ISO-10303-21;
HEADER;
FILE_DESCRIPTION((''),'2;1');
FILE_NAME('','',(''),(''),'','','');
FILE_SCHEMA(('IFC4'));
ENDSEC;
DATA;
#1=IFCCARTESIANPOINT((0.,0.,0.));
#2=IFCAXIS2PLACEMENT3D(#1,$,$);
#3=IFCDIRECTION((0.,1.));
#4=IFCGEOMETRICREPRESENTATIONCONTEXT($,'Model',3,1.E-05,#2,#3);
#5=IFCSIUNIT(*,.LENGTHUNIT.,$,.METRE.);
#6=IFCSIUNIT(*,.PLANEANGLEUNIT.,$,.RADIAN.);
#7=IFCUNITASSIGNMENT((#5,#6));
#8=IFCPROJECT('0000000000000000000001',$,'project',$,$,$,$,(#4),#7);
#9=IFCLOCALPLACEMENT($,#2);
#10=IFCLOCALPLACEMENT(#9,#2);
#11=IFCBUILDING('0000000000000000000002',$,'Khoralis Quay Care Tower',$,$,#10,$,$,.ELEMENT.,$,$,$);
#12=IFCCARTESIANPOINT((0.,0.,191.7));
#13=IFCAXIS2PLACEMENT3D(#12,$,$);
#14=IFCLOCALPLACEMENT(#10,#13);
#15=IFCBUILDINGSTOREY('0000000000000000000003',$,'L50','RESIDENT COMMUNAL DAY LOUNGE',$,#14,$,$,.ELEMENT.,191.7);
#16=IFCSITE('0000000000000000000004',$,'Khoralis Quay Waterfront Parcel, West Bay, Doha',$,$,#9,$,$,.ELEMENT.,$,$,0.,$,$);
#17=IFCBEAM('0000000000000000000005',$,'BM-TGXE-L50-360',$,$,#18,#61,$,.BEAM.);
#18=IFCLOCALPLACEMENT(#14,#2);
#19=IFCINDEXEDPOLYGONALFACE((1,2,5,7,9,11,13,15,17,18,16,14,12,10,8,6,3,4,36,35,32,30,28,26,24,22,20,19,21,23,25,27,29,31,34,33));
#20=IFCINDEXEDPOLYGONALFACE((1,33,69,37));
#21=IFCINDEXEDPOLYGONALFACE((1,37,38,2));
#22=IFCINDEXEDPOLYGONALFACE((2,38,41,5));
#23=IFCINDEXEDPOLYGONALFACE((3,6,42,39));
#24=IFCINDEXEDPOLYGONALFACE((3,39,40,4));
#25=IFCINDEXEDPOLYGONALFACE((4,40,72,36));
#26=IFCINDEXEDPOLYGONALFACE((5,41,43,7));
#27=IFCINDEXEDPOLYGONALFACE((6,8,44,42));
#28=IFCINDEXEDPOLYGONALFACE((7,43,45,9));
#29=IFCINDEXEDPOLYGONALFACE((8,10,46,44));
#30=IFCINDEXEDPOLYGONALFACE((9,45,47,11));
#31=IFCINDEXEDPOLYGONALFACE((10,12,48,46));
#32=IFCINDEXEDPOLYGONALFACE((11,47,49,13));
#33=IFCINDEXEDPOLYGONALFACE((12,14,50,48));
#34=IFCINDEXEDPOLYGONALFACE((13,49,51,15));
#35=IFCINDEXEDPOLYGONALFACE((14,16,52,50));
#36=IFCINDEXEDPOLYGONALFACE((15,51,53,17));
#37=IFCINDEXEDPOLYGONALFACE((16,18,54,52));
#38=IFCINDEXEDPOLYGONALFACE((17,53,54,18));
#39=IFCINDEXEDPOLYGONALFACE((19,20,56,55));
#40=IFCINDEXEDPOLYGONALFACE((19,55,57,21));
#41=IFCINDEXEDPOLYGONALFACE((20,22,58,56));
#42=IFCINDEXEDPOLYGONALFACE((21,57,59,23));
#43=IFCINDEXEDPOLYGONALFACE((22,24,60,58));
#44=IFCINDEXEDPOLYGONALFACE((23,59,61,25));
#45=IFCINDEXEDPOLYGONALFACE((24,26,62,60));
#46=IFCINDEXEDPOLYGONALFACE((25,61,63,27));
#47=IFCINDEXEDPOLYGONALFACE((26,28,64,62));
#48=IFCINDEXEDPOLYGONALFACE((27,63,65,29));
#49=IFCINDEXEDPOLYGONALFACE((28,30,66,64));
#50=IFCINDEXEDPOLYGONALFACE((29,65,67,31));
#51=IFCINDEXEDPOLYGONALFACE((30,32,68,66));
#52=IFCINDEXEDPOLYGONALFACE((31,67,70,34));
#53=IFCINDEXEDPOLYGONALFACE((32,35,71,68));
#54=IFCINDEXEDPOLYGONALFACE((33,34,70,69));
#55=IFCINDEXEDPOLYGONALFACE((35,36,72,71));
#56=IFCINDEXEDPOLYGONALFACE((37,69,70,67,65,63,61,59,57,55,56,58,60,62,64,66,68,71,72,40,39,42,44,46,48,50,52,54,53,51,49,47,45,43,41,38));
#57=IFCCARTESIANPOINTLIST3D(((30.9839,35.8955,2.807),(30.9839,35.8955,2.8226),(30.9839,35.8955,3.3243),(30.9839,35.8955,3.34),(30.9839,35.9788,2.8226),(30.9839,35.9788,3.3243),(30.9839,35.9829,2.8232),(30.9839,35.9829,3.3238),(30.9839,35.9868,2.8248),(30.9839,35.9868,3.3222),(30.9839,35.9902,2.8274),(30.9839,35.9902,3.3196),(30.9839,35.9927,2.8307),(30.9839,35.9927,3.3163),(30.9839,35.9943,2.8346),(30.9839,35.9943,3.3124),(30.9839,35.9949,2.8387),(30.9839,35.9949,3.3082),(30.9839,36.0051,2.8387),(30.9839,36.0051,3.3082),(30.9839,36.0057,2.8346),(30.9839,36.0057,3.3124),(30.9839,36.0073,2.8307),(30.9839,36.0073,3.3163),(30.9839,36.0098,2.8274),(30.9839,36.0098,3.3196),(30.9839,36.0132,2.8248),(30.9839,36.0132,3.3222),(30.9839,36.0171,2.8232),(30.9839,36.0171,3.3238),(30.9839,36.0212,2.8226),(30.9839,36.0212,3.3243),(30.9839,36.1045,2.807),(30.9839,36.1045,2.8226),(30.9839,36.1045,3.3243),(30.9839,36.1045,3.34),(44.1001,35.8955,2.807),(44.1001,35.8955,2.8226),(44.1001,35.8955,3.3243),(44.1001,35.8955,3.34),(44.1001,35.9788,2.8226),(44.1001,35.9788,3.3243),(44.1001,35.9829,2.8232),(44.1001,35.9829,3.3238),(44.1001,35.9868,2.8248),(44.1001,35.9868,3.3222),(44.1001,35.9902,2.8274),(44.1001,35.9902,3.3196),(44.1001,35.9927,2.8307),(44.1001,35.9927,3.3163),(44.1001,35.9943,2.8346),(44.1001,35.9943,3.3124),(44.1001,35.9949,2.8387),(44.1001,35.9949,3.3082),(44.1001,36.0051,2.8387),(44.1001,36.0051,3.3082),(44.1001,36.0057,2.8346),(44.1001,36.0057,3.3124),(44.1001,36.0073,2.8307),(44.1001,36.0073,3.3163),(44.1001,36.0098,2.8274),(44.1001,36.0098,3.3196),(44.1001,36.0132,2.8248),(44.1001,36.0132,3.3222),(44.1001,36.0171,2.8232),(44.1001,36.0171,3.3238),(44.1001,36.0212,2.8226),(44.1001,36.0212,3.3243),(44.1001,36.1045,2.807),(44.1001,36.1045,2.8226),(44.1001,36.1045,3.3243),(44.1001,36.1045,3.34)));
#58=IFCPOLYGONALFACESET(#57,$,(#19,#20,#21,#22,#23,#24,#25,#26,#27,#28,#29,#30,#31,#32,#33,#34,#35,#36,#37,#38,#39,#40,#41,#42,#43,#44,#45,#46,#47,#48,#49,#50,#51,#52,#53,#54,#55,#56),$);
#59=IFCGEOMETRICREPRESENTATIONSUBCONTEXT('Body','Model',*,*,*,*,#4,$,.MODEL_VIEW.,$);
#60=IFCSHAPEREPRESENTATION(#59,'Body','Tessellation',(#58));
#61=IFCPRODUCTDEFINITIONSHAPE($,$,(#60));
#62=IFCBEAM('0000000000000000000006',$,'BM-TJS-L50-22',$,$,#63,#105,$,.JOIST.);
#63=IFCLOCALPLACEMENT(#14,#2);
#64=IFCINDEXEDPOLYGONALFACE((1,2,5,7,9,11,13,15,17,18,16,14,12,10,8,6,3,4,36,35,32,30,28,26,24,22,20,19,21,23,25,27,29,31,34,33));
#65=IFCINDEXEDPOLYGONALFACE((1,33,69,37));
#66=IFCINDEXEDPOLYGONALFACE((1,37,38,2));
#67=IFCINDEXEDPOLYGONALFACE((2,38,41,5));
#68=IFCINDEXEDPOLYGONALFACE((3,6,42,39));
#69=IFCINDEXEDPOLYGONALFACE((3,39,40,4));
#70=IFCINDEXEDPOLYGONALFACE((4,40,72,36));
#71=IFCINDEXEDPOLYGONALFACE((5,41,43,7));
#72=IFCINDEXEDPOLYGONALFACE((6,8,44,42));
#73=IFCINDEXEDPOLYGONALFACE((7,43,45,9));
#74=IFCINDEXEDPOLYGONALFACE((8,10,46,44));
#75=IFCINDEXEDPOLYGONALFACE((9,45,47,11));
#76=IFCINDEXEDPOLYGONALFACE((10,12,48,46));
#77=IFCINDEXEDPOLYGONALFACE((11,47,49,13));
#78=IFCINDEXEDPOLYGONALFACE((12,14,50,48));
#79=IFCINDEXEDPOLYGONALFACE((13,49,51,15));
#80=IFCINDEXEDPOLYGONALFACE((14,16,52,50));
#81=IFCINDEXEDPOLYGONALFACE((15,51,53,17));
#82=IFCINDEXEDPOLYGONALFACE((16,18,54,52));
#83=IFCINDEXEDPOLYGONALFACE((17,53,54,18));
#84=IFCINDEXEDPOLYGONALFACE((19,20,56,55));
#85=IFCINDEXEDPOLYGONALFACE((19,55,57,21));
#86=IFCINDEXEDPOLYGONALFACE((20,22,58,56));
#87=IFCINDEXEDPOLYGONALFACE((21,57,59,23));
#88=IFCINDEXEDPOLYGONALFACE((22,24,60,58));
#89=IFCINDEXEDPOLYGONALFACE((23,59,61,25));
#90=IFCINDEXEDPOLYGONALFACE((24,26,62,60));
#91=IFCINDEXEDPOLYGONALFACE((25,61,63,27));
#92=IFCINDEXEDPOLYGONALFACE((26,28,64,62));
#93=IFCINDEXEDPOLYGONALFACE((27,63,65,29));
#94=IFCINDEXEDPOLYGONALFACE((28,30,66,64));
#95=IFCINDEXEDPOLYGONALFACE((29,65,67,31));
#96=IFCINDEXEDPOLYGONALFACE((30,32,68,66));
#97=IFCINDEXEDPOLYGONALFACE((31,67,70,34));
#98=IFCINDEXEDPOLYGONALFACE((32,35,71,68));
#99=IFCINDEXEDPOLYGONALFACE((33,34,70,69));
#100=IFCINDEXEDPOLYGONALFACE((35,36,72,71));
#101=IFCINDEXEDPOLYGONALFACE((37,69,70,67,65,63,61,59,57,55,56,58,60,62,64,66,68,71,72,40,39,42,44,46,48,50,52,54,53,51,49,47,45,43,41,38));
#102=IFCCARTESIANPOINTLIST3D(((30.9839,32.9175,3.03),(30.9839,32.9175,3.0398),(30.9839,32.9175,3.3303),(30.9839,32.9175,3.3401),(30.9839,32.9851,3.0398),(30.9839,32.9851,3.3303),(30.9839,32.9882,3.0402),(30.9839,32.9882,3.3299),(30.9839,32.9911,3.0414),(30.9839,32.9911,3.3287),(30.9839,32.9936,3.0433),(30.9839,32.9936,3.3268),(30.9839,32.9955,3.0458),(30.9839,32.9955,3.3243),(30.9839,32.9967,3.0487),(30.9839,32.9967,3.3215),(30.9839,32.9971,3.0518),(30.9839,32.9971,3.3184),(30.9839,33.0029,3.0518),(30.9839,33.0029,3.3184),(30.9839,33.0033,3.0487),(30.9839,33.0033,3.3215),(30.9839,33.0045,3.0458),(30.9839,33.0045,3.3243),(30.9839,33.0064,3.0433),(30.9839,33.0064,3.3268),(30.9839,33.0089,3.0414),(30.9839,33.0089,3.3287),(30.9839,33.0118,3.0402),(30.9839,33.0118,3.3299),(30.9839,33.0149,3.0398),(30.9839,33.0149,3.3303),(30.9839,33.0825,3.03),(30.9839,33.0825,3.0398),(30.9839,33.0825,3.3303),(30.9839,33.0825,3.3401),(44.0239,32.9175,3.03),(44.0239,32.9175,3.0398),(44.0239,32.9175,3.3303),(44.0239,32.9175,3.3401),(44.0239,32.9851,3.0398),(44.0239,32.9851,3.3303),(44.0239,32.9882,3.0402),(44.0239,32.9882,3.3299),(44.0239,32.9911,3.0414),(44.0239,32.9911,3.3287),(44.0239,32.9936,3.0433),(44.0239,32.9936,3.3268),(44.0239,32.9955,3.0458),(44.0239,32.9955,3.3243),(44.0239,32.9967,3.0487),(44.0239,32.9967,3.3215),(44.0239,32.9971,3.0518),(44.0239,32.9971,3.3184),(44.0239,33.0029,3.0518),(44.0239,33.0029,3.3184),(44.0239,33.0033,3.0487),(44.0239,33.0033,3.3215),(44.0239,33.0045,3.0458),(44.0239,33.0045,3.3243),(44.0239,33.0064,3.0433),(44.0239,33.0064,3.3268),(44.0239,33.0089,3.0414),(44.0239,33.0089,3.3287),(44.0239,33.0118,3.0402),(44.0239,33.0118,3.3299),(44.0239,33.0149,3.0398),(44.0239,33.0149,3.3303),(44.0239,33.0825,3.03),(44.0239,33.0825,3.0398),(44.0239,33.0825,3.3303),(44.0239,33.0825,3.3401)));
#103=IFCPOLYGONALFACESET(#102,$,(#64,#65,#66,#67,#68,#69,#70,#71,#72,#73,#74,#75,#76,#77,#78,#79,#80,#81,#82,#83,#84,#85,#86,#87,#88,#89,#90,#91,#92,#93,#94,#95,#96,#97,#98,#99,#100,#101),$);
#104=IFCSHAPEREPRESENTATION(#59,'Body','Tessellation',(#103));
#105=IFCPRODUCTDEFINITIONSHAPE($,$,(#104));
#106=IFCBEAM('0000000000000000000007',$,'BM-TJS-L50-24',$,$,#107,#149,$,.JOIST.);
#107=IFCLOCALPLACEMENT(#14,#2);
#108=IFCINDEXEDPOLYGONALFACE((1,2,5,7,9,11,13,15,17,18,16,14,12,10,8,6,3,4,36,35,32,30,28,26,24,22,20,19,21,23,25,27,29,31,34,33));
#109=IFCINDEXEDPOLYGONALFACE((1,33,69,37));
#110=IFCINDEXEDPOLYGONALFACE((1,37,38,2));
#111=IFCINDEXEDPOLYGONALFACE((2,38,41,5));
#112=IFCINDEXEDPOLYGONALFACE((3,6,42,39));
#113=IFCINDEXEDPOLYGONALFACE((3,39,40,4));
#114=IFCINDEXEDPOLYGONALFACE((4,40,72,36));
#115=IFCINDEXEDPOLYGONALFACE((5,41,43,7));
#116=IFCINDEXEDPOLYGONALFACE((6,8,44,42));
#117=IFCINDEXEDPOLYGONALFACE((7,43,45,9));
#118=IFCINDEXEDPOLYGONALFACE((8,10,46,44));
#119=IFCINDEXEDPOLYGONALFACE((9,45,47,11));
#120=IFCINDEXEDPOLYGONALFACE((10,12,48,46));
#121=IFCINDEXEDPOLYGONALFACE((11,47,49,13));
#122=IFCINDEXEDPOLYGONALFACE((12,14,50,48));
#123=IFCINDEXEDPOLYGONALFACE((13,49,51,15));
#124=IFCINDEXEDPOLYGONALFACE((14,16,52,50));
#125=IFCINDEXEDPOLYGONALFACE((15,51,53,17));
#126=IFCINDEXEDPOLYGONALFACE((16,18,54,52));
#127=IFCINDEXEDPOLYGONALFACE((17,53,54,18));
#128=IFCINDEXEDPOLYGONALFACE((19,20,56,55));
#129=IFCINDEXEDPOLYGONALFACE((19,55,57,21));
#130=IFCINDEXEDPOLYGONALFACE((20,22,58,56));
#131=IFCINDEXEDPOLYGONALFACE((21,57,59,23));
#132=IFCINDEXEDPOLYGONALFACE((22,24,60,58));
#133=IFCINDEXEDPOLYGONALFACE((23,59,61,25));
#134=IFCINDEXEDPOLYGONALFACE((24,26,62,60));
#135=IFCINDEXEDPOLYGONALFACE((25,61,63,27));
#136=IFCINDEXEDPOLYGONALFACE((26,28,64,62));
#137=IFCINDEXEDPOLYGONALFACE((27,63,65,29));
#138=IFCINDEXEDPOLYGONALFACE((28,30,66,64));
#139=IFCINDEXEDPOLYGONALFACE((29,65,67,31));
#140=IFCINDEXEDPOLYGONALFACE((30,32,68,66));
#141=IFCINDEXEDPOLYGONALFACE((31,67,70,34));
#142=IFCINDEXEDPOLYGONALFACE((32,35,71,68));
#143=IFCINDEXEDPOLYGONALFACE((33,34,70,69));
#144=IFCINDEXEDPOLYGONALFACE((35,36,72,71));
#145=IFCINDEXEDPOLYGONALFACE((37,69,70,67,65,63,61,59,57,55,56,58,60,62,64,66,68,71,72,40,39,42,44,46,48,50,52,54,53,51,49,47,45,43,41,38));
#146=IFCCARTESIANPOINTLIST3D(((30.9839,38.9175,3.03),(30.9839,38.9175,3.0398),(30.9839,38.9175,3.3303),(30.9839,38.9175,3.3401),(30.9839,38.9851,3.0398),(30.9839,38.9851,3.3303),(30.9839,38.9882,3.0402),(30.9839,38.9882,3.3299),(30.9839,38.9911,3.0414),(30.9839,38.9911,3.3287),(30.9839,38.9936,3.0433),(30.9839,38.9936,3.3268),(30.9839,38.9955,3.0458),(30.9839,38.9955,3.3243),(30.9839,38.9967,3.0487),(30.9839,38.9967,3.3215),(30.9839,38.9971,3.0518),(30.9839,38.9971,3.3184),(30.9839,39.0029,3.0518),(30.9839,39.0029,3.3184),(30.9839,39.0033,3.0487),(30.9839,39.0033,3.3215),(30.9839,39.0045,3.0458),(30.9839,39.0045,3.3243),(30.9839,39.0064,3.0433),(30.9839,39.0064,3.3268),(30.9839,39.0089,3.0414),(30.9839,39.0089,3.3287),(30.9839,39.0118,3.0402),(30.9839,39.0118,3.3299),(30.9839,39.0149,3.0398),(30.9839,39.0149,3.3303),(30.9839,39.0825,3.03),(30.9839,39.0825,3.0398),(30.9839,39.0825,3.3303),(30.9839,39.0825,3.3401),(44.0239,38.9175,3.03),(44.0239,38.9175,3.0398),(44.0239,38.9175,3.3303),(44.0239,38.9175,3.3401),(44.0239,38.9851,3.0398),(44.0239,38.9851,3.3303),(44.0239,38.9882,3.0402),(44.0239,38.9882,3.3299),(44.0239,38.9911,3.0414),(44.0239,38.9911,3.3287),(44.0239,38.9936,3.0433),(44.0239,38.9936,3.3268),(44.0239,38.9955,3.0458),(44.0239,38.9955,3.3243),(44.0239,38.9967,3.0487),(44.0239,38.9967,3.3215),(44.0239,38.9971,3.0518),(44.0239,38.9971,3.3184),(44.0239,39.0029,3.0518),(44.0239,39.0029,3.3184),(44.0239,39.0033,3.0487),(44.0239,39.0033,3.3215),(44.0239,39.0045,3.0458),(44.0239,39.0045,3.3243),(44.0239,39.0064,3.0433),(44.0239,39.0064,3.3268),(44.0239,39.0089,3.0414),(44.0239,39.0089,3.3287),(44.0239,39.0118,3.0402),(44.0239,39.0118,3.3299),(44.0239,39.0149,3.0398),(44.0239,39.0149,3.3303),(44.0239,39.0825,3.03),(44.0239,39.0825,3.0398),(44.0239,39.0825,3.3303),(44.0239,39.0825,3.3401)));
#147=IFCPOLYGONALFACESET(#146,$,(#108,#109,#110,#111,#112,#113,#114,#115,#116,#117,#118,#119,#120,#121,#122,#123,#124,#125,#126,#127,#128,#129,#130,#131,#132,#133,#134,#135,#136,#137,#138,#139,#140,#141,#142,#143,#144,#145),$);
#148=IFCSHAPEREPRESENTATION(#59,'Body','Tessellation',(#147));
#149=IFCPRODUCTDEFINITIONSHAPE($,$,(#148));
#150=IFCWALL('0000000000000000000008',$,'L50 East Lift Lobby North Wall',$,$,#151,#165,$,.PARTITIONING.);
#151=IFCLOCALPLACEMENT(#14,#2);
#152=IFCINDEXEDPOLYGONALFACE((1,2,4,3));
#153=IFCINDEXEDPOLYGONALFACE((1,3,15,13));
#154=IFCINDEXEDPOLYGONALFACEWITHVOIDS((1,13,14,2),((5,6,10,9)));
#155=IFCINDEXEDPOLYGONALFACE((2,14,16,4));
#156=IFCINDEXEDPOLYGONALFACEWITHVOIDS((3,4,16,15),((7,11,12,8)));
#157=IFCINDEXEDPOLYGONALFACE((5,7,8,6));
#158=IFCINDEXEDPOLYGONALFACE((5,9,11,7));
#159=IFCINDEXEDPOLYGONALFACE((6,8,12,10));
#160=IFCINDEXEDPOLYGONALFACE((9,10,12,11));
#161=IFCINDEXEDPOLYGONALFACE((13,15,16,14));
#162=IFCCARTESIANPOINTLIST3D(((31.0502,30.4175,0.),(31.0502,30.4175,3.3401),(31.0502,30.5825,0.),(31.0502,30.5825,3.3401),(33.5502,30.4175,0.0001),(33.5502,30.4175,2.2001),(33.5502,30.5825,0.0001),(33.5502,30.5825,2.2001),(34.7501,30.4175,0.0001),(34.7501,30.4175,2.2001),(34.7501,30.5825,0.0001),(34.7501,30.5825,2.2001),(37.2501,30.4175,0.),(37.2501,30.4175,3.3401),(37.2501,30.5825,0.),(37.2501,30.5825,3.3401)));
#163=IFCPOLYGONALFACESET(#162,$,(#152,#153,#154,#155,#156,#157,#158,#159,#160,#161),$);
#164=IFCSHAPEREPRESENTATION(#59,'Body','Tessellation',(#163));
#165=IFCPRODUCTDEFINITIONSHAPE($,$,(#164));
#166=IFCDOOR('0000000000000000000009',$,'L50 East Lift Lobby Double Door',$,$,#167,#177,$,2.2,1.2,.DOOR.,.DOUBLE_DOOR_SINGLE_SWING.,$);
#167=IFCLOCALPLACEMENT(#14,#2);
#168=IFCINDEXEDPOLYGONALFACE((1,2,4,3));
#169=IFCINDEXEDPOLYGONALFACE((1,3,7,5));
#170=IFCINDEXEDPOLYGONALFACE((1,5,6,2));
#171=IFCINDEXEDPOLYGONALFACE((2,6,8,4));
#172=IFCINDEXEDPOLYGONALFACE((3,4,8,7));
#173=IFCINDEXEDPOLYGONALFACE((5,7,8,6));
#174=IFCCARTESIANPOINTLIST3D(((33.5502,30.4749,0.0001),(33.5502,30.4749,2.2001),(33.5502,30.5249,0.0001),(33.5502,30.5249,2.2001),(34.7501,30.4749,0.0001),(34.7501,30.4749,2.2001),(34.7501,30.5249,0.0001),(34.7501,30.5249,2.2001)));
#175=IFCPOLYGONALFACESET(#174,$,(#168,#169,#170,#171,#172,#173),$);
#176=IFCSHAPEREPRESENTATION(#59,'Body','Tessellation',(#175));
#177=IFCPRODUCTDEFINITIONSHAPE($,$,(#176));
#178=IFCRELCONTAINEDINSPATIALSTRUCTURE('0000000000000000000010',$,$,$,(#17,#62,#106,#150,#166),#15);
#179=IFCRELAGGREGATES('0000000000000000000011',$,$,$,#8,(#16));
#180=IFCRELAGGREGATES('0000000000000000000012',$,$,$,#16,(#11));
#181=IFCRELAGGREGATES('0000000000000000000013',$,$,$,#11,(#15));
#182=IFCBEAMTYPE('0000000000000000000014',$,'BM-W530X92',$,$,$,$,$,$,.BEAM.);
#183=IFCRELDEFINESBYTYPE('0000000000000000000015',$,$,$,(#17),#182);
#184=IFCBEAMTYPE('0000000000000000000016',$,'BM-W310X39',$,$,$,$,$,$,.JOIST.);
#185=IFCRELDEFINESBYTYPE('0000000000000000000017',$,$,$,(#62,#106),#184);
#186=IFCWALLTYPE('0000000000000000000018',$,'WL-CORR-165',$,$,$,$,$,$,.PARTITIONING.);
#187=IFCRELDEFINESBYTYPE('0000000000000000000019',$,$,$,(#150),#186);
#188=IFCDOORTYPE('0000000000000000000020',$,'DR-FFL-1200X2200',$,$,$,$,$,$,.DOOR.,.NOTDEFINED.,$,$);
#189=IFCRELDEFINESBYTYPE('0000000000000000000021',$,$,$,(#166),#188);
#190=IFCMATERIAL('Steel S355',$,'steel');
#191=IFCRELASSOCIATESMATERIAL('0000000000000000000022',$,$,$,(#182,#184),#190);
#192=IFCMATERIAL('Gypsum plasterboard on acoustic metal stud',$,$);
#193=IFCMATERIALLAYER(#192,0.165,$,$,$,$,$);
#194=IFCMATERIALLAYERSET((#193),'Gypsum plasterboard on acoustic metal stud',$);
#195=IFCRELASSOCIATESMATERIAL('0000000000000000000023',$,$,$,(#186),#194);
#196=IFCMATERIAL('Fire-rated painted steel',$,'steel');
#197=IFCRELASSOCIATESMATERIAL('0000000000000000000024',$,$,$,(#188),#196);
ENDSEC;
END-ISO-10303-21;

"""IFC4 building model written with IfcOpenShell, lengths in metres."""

from ifc_helpers import new_model, si_unit, direction, frame, frame_2d, origin, origin_2d, place, context, subcontext, project, spatial, rectangle, i_section, extrude, source, transform, mapped, material, layer, layer_set, material_profile, profile_set, type_object, element, fill, save


model = new_model("IFC4")

# Units and contexts
model_context = context("Model", 3, precision=1e-05, world=origin(), true_north=direction((0.0, 1.0)))
body_context = subcontext(model_context, "Body", "Model", "MODEL_VIEW")
ifc_project = project(units=[si_unit("LENGTHUNIT", "METRE"), si_unit("PLANEANGLEUNIT", "RADIAN")], contexts=[model_context])

# Site, building, storey
site_placement = place(None, origin())
site = spatial("IfcSite", under=ifc_project, at=site_placement, Name="Khoralis Quay Waterfront Parcel, West Bay, Doha", CompositionType="ELEMENT", RefElevation=0.0)
building_placement = place(site_placement, origin())
building = spatial("IfcBuilding", under=site, at=building_placement, Name="Khoralis Quay Care Tower", CompositionType="ELEMENT")
storey_placement = place(building_placement, frame((0.0, 0.0, 191.7)))
storey = spatial("IfcBuildingStorey", under=building, at=storey_placement, Name="L50", Description="RESIDENT COMMUNAL DAY LOUNGE", CompositionType="ELEMENT", Elevation=191.7)

# Beams
ifc_material_1 = material(Name="Steel S355", Category="steel")
ifc_material_profile_1 = material_profile(ifc_material_1, i_section(OverallWidth=0.209, OverallDepth=0.533, WebThickness=0.0103, FlangeThickness=0.0156, FilletRadius=0.0161, at=origin_2d()), Name="Steel S355")
ifc_profile_set_1 = profile_set([ifc_material_profile_1], Name="Steel S355")
beam_type_1 = type_object("IfcBeamType", Name="BM-W530X92", PredefinedType="BEAM", material=ifc_profile_set_1)
shared_shape_1 = source(origin(), body_context, "Body", "SweptSolid", [
    extrude(i_section(OverallWidth=0.209, OverallDepth=0.533, WebThickness=0.0103, FlangeThickness=0.0156, FilletRadius=0.0161, at=origin_2d()), origin(), (0.0, 0.0, 1.0), 13.1162),
])
beam_1_placement = place(storey_placement, frame((30.9839, 36.0, 3.0735), z_axis=(1.0, 0.0, 0.0), x_axis=(0.0, 1.0, 0.0)))
element("IfcBeam", 1, at=beam_1_placement, inside=storey, type_object=beam_type_1, Name="BM-TGXE-L50-360", PredefinedType="BEAM", context=body_context, shape_type="MappedRepresentation", body=[
    mapped(shared_shape_1, transform((0.0, 0.0, 0.0), scale=1.0)),
])
ifc_material_profile_2 = material_profile(ifc_material_1, i_section(OverallWidth=0.165, OverallDepth=0.3101, WebThickness=0.0059, FlangeThickness=0.0098, FilletRadius=0.012, at=origin_2d()), Name="Steel S355")
ifc_profile_set_2 = profile_set([ifc_material_profile_2], Name="Steel S355")
beam_type_2 = type_object("IfcBeamType", Name="BM-W310X39", PredefinedType="JOIST", material=ifc_profile_set_2)
shared_shape_2 = source(origin(), body_context, "Body", "SweptSolid", [
    extrude(i_section(OverallWidth=0.165, OverallDepth=0.3101, WebThickness=0.0059, FlangeThickness=0.0098, FilletRadius=0.012, at=origin_2d()), origin(), (0.0, 0.0, 1.0), 13.04),
])
for number, where, z_axis, x_axis, name in (
    (2, (30.9839, 33.0, 3.1851), (1.0, 0.0, 0.0), (0.0, 1.0, 0.0), "BM-TJS-L50-22"),
    (3, (30.9839, 39.0, 3.1851), (1.0, 0.0, 0.0), (0.0, 1.0, 0.0), "BM-TJS-L50-24"),
):
    element("IfcBeam", number, at=place(storey_placement, frame(where, z_axis=z_axis, x_axis=x_axis)), inside=storey, type_object=beam_type_2, Name=name, PredefinedType="JOIST", context=body_context, shape_type="MappedRepresentation", body=[
        mapped(shared_shape_2, transform((0.0, 0.0, 0.0), scale=1.0)),
    ])

# Wall, opening, door
ifc_material_2 = material(Name="Gypsum plasterboard on acoustic metal stud")
ifc_layer_1 = layer(ifc_material_2, 0.165)
ifc_layer_set_1 = layer_set([ifc_layer_1], Name="Gypsum plasterboard on acoustic metal stud")
wall_type_1 = type_object("IfcWallType", Name="WL-CORR-165", PredefinedType="PARTITIONING", material=ifc_layer_set_1)
wall_1_placement = place(storey_placement, frame((31.05, 30.5, 0.0), z_axis=(0.0, 0.0, 1.0), x_axis=(1.0, 0.0, 0.0)))
wall_1 = element("IfcWall", 4, at=wall_1_placement, inside=storey, type_object=wall_type_1, Name="L50 East Lift Lobby North Wall", PredefinedType="PARTITIONING", context=body_context, shape_type="SweptSolid", body=[
    extrude(rectangle(XDim=6.2, YDim=0.165, at=frame_2d((3.1001, 0.0))), origin(), (0.0, 0.0, 1.0), 3.3401),
])
opening_1_placement = place(wall_1_placement, frame((2.5, 0.0, 0.0)))
opening_1 = element("IfcOpeningElement", 5, at=opening_1_placement, cuts=wall_1, PredefinedType="OPENING", context=body_context, shape_type="SweptSolid", body=[
    extrude(rectangle(XDim=1.2, YDim=2.2, at=frame_2d((0.6001, 1.1001))), frame((0.0, 0.0925, 0.0), z_axis=(0.0, -1.0, 0.0), x_axis=(1.0, 0.0, 0.0)), (0.0, 0.0, 1.0), 0.1851),
])
ifc_material_3 = material(Name="Fire-rated painted steel", Category="steel")
door_type_1 = type_object("IfcDoorType", Name="DR-FFL-1200X2200", OperationType="NOTDEFINED", PredefinedType="DOOR", material=ifc_material_3)
shared_shape_3 = source(origin(), body_context, "Body", "SweptSolid", [
    extrude(rectangle(XDim=1.2, YDim=2.2, at=frame_2d((0.6001, 1.1001))), frame((0.0, 0.0249, 0.0), z_axis=(0.0, -1.0, 0.0), x_axis=(1.0, 0.0, 0.0)), (0.0, 0.0, 1.0), 0.05),
])
door_1_placement = place(opening_1_placement, origin())
door_1 = element("IfcDoor", 6, at=door_1_placement, inside=storey, type_object=door_type_1, Name="L50 East Lift Lobby Double Door", OperationType="DOUBLE_DOOR_SINGLE_SWING", OverallHeight=2.2, OverallWidth=1.2, PredefinedType="DOOR", context=body_context, shape_type="MappedRepresentation", body=[
    mapped(shared_shape_3, transform((0.0, 0.0, 0.0), scale=1.0)),
])
fill(opening_1, door_1)

save(model, "model.ifc")
